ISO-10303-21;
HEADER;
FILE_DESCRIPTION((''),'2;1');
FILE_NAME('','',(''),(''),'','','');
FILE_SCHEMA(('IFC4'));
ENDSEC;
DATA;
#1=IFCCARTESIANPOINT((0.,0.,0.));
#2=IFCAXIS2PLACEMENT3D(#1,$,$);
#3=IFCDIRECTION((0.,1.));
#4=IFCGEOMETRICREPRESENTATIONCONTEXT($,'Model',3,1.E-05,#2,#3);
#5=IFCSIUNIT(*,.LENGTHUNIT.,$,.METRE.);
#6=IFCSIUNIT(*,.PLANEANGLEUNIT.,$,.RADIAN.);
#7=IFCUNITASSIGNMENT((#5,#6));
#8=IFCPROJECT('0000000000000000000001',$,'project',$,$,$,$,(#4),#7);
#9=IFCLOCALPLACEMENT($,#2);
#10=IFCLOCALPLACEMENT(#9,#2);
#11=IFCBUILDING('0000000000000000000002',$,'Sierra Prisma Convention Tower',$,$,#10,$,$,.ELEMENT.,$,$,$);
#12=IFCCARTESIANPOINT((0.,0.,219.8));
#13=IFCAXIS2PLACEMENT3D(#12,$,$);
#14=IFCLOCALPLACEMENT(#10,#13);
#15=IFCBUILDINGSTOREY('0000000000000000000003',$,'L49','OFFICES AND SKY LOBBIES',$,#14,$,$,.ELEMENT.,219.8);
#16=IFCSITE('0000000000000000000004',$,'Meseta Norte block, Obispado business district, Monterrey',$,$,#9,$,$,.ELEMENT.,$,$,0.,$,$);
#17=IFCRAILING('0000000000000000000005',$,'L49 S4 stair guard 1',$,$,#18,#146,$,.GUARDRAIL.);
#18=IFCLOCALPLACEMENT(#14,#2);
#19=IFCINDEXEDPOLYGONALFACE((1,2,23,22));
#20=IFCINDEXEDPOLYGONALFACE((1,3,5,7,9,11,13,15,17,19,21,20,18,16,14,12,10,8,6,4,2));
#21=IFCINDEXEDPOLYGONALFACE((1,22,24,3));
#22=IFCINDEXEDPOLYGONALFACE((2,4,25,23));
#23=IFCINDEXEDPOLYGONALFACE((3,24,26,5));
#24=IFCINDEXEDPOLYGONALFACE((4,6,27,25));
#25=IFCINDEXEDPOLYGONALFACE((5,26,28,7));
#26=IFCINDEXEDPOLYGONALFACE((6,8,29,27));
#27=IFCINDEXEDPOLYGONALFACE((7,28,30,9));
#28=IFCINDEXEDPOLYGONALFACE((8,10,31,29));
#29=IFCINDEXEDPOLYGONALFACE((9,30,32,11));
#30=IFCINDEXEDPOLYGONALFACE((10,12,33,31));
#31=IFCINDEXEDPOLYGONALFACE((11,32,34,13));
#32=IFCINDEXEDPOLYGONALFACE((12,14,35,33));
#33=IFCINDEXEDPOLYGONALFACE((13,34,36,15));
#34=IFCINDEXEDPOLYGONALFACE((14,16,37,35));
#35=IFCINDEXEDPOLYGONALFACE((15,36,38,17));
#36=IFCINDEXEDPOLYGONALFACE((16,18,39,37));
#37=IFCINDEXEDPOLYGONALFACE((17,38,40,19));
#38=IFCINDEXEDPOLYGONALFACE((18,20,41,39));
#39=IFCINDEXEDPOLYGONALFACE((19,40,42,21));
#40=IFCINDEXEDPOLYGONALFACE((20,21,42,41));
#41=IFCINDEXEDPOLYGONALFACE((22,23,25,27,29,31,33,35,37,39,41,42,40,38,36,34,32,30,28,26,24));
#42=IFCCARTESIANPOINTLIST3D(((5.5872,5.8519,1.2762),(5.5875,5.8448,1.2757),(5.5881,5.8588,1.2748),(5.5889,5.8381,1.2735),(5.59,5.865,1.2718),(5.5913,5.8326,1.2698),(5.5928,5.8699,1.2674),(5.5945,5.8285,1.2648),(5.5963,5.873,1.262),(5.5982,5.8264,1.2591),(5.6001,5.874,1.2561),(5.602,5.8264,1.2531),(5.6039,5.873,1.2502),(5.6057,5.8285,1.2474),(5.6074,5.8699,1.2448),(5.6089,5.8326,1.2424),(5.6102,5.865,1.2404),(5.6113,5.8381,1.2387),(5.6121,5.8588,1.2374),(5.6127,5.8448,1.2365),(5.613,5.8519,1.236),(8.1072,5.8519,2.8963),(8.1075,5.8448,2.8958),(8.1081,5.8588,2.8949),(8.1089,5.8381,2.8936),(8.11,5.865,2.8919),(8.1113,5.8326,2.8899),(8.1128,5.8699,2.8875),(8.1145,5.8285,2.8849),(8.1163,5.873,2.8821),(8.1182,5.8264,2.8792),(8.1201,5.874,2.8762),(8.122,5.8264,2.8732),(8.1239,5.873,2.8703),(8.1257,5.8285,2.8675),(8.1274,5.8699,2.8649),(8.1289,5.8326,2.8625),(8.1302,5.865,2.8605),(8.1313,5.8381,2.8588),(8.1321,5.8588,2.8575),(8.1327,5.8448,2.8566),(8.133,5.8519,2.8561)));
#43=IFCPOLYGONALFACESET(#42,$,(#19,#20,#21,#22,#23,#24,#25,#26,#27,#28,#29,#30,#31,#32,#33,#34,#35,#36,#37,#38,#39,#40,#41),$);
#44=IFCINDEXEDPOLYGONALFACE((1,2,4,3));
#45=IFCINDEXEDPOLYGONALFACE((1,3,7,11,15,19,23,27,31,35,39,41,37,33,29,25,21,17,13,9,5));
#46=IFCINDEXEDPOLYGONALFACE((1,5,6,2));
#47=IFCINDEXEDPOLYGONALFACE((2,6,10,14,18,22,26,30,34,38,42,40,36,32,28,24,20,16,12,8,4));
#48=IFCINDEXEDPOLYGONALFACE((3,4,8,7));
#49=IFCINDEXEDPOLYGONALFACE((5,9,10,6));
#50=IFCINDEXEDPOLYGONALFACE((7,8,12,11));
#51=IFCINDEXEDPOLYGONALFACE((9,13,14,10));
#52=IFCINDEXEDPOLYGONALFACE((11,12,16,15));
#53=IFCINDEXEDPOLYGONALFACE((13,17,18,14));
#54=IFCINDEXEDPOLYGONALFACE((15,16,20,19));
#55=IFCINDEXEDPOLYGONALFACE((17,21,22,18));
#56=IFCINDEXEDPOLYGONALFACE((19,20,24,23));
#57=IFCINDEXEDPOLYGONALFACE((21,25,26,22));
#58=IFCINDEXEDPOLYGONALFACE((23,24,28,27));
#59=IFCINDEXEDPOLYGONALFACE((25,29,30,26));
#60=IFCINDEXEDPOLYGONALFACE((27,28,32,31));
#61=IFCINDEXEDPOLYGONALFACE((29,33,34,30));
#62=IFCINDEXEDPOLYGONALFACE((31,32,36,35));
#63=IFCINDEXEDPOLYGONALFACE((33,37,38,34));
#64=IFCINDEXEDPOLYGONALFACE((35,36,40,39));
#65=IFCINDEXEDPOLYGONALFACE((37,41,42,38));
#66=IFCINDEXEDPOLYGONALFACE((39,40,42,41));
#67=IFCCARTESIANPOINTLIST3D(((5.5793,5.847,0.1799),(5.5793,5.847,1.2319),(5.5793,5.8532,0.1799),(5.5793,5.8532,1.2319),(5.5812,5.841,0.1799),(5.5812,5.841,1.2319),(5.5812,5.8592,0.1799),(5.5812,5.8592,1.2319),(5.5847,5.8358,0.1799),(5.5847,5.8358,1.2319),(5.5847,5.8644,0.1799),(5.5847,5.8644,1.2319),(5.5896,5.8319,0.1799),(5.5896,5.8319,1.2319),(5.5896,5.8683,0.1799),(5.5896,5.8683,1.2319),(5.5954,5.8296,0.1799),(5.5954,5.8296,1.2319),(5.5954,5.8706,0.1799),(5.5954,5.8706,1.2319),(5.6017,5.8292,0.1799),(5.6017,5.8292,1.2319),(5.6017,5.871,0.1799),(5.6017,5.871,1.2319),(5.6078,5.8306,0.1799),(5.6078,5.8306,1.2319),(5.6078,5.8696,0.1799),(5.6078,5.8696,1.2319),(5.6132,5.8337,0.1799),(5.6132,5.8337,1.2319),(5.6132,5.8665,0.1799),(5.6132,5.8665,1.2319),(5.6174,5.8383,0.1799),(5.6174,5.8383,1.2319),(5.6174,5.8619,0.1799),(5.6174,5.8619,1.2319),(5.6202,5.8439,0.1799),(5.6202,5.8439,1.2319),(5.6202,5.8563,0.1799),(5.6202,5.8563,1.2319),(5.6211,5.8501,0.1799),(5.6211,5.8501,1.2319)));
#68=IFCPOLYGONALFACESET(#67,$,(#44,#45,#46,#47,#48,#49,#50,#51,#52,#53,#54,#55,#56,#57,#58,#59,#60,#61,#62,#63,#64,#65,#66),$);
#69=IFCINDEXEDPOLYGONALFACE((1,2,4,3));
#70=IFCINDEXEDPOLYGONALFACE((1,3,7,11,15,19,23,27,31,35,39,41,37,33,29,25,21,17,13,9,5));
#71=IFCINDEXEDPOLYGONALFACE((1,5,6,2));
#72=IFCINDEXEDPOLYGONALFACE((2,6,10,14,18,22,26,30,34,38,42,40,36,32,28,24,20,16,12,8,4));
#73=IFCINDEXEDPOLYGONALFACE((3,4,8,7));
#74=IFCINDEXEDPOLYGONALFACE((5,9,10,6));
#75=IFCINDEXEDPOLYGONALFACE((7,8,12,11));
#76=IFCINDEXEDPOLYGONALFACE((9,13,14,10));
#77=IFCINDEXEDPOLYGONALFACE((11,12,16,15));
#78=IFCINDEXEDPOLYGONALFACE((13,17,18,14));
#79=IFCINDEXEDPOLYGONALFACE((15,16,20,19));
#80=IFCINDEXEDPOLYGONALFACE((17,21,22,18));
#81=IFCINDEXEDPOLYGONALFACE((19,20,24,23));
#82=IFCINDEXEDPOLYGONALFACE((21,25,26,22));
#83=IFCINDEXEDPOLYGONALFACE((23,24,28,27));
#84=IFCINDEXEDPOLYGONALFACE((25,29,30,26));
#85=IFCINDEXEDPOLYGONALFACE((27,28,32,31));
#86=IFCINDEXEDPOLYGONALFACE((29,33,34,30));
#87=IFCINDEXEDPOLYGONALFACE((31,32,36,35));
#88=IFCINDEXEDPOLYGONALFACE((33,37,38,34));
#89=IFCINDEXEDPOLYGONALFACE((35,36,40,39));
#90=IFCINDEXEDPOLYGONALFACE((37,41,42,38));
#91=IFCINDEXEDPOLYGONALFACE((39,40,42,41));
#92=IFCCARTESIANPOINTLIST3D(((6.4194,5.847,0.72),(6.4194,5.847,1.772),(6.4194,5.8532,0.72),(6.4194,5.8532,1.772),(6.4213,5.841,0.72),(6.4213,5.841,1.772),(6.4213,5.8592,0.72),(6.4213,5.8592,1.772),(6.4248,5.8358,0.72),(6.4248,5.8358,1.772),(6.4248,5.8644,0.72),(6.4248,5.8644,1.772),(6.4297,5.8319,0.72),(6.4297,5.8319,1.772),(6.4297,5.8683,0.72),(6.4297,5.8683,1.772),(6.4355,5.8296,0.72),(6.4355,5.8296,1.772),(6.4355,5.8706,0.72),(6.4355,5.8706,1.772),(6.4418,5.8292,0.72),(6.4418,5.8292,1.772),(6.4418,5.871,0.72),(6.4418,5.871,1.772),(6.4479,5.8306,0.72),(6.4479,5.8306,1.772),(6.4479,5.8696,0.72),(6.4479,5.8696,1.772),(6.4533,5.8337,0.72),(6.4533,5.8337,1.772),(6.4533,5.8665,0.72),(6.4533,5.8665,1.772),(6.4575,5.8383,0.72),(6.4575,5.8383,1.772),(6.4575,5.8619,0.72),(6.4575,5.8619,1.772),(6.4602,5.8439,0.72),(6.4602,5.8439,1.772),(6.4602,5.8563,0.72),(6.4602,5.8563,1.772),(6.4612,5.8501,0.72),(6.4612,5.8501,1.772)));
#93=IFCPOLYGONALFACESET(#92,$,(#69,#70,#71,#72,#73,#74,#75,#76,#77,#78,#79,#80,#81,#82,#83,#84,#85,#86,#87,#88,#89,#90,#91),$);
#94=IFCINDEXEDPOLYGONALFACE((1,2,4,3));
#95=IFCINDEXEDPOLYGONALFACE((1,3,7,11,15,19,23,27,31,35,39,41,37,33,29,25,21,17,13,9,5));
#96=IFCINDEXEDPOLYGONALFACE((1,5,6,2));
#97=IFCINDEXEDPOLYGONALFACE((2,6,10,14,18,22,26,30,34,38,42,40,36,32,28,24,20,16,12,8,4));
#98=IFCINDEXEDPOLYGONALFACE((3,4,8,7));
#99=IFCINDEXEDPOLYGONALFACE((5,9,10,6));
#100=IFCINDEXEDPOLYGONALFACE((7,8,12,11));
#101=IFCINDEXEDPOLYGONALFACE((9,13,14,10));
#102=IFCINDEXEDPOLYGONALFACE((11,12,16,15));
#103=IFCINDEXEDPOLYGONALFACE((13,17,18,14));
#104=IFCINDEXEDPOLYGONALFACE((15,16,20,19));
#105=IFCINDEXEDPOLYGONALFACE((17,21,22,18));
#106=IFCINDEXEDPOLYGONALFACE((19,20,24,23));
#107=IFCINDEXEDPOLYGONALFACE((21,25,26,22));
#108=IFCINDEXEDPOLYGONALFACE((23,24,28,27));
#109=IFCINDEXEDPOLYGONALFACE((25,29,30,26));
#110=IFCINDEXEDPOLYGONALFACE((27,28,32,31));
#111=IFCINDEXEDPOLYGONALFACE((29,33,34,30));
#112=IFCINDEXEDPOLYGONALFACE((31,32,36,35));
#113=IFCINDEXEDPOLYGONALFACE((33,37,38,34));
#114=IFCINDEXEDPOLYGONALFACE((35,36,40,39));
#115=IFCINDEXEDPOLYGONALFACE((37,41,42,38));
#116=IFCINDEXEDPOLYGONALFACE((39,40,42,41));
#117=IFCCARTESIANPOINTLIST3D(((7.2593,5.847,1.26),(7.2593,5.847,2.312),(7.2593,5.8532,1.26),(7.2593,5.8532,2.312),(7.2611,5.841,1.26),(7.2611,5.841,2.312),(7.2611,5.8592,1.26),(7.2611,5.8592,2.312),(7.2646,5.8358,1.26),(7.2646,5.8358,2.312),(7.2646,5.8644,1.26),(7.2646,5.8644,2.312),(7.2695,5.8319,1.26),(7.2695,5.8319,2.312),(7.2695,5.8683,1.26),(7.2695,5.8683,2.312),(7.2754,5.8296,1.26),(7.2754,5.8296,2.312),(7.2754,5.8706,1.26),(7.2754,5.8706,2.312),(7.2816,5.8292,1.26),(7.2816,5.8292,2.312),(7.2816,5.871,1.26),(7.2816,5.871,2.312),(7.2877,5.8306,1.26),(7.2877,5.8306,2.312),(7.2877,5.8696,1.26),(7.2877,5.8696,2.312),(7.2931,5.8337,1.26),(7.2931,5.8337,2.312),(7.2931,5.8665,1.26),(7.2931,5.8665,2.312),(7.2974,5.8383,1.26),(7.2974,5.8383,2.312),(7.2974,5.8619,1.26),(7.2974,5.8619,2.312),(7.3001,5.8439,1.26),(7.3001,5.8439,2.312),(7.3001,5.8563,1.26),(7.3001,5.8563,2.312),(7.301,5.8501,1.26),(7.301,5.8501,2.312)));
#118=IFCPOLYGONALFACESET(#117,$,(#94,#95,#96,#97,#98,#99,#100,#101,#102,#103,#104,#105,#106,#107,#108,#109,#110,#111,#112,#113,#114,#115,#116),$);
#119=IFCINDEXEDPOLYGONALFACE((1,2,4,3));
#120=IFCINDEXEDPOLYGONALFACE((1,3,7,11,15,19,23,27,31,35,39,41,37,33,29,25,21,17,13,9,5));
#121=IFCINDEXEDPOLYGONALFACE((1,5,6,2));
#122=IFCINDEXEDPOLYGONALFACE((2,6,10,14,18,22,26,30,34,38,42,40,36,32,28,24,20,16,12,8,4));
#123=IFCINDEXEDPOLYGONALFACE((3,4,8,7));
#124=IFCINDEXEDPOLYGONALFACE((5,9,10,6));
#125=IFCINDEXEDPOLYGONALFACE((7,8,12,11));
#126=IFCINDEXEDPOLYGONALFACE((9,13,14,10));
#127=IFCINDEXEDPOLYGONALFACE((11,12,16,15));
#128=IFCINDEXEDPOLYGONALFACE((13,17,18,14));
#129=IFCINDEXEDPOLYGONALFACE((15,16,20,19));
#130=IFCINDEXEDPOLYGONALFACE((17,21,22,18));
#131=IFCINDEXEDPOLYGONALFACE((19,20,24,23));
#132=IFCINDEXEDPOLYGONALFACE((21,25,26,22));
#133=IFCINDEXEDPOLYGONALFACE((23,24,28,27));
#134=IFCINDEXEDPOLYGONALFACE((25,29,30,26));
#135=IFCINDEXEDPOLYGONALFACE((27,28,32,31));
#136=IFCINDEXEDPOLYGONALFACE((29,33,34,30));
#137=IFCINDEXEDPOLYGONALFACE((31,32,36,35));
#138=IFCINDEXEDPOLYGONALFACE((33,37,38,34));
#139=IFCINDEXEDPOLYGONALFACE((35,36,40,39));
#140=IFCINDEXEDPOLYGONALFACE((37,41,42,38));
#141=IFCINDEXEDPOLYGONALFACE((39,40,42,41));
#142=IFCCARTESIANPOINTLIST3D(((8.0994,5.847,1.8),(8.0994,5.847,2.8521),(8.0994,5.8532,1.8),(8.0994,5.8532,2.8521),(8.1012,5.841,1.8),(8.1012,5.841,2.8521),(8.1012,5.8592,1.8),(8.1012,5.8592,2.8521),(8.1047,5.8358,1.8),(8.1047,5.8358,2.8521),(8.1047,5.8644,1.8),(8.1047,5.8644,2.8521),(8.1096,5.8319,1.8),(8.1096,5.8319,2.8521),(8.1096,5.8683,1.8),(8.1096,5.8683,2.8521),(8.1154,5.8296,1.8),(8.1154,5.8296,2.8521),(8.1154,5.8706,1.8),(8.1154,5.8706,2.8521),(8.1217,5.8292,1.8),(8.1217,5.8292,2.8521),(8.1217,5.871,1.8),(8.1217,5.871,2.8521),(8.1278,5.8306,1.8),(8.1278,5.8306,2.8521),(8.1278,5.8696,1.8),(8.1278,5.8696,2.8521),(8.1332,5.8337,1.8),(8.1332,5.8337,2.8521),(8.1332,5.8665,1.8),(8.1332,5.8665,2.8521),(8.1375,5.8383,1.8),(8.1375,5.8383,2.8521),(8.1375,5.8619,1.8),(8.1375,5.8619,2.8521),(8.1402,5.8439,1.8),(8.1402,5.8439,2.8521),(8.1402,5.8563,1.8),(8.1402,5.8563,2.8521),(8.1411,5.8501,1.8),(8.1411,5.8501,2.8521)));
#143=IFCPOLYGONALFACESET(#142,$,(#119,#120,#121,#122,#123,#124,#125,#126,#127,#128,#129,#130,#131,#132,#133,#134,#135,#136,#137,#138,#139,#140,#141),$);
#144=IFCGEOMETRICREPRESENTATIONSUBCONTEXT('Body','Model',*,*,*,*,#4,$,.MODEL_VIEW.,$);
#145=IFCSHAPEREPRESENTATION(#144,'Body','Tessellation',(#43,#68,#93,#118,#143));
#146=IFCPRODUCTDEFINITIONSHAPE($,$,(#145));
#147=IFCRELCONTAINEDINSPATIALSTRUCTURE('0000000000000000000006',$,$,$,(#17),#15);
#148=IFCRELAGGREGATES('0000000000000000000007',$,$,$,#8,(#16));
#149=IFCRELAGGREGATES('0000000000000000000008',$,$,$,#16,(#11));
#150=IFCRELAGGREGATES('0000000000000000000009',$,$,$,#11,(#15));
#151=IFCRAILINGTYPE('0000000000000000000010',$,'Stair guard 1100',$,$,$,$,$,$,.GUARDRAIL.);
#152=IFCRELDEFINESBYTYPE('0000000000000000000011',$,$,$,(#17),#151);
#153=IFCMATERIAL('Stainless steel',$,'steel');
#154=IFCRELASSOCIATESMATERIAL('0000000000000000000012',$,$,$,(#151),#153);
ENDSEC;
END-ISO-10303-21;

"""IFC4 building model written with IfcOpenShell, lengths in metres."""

from ifc_helpers import new_model, si_unit, direction, frame, origin, origin_2d, place, context, subcontext, project, spatial, circle, extrude, material, type_object, element, save


model = new_model("IFC4")

# Units and contexts
model_context = context("Model", 3, precision=1e-05, world=origin(), true_north=direction((0.0, 1.0)))
body_context = subcontext(model_context, "Body", "Model", "MODEL_VIEW")
ifc_project = project(units=[si_unit("LENGTHUNIT", "METRE"), si_unit("PLANEANGLEUNIT", "RADIAN")], contexts=[model_context])

# Site, building, storey
site_placement = place(None, origin())
site = spatial("IfcSite", under=ifc_project, at=site_placement, Name="Meseta Norte block, Obispado business district, Monterrey", CompositionType="ELEMENT", RefElevation=0.0)
building_placement = place(site_placement, origin())
building = spatial("IfcBuilding", under=site, at=building_placement, Name="Sierra Prisma Convention Tower", CompositionType="ELEMENT")
storey_placement = place(building_placement, frame((0.0, 0.0, 219.8)))
storey = spatial("IfcBuildingStorey", under=building, at=storey_placement, Name="L49", Description="OFFICES AND SKY LOBBIES", CompositionType="ELEMENT", Elevation=219.8)

# Railing
ifc_material_1 = material(Name="Stainless steel", Category="steel")
railing_type_1 = type_object("IfcRailingType", Name="Stair guard 1100", PredefinedType="GUARDRAIL", material=ifc_material_1)
railing_1_placement = place(storey_placement, frame((5.6001, 5.8501, 0.1799)))
element("IfcRailing", 1, at=railing_1_placement, inside=storey, type_object=railing_type_1, Name="L49 S4 stair guard 1", PredefinedType="GUARDRAIL", context=body_context, shape_type="SweptSolid", body=[
    extrude(circle(Radius=0.0239, at=origin_2d()), frame((0.0, 0.0, 1.0762), z_axis=(0.841163, 0.0, 0.540782), x_axis=(0.0, 1.0, 0.0)), (0.0, 0.0, 1.0), 2.9958),
    extrude(circle(Radius=0.021, at=origin_2d()), origin(), (0.0, 0.0, 1.0), 1.052),
    extrude(circle(Radius=0.021, at=origin_2d()), frame((0.8401, 0.0, 0.54)), (0.0, 0.0, 1.0), 1.052),
    extrude(circle(Radius=0.021, at=origin_2d()), frame((1.6799, 0.0, 1.0801)), (0.0, 0.0, 1.0), 1.052),
    extrude(circle(Radius=0.021, at=origin_2d()), frame((2.52, 0.0, 1.6201)), (0.0, 0.0, 1.0), 1.052),
])

save(model, "model.ifc")
